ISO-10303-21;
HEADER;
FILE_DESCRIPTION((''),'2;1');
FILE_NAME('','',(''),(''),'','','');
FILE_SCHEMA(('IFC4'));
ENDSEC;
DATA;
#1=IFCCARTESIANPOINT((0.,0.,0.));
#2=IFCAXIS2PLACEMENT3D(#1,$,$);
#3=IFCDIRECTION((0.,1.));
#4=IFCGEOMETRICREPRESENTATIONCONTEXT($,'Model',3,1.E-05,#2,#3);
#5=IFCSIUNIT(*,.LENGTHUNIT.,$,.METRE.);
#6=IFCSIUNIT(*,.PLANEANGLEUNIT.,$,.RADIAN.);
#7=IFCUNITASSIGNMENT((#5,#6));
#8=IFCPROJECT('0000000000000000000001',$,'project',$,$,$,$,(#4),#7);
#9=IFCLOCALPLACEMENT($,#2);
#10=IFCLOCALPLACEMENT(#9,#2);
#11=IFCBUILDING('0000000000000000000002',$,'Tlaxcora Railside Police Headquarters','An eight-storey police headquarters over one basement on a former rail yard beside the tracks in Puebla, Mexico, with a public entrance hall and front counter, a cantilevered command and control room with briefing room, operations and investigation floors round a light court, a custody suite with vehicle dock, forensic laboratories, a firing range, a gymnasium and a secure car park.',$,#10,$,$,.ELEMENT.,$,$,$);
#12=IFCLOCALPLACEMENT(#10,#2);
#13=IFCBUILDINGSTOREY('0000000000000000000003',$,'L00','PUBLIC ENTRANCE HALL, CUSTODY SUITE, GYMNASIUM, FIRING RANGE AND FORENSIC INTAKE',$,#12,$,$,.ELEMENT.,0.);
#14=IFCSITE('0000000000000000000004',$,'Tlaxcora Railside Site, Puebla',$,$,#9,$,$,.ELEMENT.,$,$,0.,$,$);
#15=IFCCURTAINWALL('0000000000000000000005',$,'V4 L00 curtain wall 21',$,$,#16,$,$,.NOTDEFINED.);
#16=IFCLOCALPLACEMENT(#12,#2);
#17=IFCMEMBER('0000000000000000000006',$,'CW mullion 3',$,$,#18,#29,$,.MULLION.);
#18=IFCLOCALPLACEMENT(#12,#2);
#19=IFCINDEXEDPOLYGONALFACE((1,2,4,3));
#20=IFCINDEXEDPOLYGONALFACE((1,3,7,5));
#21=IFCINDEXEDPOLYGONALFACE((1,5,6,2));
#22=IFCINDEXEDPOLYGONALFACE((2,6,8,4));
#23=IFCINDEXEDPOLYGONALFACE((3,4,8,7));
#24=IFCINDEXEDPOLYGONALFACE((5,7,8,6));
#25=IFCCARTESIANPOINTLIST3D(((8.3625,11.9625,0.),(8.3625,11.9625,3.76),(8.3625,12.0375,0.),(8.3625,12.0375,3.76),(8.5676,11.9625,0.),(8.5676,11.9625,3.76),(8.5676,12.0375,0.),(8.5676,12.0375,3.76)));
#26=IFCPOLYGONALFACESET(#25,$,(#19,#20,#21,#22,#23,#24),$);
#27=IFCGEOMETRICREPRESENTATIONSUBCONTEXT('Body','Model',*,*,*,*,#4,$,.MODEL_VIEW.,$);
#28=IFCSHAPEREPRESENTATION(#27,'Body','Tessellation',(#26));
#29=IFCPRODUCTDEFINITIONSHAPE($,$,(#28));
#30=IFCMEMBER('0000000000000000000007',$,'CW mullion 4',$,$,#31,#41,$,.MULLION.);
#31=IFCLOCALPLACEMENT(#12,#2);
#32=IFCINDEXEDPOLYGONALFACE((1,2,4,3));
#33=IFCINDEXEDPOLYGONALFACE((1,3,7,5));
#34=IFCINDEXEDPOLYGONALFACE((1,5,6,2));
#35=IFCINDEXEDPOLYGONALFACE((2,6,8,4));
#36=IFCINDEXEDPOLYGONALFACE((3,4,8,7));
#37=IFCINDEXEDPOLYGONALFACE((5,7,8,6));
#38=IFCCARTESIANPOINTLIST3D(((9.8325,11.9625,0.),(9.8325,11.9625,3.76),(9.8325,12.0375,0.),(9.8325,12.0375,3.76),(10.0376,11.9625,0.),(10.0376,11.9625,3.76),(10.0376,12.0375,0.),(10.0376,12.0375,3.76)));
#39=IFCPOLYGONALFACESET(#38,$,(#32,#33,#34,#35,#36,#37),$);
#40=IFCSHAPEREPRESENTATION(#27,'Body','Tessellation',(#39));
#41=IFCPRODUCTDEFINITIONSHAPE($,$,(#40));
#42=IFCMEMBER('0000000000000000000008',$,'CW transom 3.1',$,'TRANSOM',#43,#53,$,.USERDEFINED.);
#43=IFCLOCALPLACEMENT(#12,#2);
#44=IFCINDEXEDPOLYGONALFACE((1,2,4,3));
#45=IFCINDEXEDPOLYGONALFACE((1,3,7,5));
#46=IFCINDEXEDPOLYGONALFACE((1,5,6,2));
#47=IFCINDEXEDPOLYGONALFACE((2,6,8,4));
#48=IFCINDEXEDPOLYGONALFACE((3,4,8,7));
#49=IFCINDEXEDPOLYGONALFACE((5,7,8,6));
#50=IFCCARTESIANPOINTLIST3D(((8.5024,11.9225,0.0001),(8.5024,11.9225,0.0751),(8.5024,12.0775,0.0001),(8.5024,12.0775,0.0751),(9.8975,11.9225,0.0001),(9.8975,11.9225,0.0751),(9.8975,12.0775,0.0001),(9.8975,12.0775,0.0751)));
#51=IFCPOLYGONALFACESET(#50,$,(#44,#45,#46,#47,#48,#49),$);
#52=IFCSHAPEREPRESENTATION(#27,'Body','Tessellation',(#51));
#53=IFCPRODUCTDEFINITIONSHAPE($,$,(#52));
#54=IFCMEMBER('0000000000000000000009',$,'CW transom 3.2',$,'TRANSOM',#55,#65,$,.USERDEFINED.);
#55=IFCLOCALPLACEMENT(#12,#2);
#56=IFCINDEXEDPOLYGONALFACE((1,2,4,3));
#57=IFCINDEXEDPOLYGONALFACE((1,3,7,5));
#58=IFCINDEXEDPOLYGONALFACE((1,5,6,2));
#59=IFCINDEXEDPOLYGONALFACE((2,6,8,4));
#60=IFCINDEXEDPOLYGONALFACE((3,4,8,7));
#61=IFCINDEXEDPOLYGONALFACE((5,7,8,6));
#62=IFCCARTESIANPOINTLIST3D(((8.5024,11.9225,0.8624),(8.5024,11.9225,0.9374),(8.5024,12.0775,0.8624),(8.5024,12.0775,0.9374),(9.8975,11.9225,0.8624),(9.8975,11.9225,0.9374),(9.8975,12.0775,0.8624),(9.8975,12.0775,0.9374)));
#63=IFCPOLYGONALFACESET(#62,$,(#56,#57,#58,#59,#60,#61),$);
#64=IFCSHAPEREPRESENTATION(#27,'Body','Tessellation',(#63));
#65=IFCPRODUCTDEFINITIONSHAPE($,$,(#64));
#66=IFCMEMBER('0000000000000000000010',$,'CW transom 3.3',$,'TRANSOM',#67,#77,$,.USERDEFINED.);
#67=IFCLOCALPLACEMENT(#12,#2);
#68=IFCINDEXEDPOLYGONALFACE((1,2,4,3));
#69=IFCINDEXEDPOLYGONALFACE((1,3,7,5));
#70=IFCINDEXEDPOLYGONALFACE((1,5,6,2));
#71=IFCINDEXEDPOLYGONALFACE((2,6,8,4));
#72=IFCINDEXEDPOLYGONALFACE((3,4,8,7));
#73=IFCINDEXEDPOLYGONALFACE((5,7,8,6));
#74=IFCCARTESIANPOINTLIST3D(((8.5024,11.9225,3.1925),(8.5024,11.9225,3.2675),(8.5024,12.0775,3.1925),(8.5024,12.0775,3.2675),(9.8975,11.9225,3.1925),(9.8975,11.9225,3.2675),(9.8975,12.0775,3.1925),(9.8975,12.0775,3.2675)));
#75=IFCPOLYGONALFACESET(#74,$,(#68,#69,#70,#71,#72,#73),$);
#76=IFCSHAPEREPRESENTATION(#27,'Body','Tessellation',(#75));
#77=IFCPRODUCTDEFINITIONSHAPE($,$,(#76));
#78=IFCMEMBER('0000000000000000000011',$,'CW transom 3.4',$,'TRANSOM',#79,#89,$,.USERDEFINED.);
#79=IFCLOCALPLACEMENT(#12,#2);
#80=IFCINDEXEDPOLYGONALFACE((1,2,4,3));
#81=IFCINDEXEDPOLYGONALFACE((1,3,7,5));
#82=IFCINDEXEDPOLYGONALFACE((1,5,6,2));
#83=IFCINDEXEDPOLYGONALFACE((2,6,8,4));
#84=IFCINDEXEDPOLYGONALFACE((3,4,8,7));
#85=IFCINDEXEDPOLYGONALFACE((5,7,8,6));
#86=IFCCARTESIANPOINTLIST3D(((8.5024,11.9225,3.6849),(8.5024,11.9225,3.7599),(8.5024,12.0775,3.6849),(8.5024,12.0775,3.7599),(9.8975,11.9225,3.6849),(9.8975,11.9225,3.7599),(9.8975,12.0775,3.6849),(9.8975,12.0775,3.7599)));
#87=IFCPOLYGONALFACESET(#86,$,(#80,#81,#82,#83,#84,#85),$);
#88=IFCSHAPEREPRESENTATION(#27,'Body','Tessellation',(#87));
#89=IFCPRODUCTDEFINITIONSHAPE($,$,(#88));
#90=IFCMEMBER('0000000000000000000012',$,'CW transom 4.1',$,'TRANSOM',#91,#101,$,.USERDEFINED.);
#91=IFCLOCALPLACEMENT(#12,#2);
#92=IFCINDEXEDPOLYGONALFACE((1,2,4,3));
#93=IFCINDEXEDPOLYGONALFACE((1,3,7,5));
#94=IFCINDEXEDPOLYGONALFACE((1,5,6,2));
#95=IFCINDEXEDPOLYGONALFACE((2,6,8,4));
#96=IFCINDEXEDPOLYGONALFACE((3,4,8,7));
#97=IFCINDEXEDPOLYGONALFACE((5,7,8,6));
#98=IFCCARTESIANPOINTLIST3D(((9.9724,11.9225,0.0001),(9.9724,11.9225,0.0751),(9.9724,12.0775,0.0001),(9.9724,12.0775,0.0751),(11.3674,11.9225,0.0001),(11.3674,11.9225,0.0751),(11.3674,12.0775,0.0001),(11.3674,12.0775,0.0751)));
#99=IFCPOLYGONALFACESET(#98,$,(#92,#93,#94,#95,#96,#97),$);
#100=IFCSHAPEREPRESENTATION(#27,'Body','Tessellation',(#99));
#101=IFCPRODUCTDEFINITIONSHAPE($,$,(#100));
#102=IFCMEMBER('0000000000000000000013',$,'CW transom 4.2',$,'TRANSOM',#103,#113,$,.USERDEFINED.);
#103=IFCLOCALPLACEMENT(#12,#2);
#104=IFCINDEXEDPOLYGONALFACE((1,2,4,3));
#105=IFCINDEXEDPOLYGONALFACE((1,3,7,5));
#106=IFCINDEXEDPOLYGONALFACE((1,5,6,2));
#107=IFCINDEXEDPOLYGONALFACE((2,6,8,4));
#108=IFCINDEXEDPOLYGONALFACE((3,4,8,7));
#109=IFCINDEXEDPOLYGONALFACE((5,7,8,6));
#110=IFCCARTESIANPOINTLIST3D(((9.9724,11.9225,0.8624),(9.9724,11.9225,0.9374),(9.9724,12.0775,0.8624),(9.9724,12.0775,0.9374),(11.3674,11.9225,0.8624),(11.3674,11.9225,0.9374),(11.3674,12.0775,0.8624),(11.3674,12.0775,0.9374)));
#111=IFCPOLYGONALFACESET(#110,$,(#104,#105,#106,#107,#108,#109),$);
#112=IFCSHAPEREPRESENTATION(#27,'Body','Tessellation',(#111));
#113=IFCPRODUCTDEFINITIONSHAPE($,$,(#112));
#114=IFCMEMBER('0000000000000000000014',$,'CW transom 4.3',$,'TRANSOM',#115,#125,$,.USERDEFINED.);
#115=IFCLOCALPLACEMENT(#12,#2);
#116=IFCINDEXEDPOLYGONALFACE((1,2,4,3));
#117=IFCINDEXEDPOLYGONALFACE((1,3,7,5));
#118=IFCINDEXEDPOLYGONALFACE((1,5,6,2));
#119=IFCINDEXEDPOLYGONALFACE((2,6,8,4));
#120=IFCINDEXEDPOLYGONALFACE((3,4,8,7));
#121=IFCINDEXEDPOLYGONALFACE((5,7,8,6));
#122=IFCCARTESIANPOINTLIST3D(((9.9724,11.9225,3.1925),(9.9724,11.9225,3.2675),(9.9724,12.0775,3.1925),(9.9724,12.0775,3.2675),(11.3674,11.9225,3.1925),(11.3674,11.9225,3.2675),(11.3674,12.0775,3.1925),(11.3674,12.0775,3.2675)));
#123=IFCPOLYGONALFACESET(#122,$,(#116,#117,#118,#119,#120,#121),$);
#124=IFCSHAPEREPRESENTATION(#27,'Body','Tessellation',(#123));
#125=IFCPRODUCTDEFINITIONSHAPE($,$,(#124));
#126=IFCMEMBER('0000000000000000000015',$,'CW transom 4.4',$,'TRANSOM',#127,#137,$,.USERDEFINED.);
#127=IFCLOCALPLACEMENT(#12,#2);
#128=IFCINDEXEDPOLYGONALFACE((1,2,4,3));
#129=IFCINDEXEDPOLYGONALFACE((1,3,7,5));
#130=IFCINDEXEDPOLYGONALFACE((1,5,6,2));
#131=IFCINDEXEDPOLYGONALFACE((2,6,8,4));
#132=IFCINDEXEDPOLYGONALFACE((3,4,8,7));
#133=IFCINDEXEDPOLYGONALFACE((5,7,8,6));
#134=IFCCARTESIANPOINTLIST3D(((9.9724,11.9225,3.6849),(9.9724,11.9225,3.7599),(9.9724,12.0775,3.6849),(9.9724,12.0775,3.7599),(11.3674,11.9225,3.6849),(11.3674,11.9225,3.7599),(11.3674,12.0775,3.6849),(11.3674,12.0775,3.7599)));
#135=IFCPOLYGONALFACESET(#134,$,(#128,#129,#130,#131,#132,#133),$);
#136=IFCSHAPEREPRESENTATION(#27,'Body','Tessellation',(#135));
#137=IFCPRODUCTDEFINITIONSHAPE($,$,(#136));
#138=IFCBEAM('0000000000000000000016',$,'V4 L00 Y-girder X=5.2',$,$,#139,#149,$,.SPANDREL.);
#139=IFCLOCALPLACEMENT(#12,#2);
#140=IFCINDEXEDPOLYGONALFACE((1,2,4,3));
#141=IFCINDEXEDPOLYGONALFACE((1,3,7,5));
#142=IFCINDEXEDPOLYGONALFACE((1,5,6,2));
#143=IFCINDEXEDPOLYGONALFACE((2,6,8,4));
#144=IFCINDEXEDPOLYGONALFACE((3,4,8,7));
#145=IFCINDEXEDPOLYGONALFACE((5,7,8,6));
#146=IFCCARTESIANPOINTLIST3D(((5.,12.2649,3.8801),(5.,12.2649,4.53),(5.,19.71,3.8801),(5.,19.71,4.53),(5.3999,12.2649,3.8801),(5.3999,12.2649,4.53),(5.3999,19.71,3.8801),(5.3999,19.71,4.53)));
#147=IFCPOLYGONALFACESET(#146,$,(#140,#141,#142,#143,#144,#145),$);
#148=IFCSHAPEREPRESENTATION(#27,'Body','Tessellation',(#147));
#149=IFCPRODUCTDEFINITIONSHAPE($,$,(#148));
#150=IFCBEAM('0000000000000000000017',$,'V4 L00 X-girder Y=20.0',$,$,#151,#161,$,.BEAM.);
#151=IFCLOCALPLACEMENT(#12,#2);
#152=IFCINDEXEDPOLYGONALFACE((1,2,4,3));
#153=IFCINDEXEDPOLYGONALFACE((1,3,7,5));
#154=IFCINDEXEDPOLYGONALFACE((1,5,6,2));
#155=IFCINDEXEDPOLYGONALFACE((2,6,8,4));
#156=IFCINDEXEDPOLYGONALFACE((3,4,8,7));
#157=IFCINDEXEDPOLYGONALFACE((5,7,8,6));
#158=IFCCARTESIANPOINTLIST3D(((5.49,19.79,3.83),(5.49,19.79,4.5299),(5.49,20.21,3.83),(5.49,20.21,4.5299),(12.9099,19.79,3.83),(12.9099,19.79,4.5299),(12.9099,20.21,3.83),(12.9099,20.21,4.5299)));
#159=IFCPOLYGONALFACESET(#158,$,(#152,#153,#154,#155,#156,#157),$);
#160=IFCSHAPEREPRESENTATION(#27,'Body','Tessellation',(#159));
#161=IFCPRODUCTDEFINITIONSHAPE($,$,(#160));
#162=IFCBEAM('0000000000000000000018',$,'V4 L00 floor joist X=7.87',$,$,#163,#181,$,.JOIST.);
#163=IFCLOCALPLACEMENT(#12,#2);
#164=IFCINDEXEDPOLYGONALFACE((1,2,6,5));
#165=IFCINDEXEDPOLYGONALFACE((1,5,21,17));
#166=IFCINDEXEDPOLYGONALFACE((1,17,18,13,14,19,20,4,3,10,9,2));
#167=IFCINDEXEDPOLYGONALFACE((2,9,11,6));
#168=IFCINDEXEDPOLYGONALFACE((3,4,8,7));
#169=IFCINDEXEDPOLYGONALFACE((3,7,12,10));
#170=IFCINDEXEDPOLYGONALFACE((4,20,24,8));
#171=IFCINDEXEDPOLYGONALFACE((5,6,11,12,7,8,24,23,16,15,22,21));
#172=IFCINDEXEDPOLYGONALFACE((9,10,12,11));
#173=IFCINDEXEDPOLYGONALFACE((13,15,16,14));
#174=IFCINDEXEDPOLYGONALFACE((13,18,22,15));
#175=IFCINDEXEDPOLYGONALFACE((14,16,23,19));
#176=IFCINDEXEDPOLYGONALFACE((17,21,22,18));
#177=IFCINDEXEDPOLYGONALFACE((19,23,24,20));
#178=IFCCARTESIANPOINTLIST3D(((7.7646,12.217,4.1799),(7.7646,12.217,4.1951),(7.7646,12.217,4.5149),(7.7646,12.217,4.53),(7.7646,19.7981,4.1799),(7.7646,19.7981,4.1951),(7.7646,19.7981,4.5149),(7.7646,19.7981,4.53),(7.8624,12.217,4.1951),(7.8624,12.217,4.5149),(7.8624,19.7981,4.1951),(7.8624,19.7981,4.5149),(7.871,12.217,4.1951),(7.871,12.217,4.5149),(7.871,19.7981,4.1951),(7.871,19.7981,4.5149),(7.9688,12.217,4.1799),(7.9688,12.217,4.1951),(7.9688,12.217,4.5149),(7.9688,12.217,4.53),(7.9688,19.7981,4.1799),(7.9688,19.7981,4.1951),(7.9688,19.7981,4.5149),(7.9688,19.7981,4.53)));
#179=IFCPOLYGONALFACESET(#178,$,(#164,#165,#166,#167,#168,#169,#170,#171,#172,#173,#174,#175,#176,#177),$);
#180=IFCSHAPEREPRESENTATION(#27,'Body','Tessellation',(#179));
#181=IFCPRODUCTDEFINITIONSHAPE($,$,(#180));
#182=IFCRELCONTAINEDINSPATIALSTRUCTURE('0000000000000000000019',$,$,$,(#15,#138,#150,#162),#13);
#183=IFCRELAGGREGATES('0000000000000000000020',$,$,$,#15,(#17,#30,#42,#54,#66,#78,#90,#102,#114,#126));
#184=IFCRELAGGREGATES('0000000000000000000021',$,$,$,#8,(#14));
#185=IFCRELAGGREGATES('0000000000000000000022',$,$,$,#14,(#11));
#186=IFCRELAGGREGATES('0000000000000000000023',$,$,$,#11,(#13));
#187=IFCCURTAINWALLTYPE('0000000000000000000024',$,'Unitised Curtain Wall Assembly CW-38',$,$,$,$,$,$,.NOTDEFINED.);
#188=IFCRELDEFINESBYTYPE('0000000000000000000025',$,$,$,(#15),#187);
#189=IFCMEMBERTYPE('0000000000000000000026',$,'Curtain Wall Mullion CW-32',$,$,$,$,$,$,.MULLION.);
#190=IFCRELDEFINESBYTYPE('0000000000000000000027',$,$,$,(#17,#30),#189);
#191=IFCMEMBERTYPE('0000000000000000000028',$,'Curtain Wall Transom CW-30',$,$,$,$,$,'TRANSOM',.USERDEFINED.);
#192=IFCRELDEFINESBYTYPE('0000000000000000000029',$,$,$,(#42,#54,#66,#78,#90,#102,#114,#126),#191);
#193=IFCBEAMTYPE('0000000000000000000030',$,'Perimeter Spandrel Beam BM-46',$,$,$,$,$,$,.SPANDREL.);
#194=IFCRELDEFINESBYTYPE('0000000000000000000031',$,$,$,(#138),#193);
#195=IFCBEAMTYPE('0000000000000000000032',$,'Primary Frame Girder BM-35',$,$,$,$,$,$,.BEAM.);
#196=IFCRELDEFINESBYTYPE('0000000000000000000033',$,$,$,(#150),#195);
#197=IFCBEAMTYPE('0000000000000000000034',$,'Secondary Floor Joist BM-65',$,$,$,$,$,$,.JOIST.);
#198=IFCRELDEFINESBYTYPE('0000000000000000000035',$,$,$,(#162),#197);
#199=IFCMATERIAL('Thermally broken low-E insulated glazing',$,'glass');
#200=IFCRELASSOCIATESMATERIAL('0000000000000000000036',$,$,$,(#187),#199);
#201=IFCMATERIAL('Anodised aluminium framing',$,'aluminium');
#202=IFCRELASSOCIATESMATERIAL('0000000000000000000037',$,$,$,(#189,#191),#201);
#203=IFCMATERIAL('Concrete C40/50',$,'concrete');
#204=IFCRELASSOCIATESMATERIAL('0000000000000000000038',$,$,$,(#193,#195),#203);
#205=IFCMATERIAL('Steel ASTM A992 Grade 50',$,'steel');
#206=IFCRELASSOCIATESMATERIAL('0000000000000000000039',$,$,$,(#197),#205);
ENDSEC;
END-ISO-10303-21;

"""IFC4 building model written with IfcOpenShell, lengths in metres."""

from ifc_helpers import new_model, si_unit, direction, frame, origin, origin_2d, place, context, subcontext, project, spatial, rectangle, i_section, extrude, material, material_profile, profile_set, type_object, element, aggregate, save


model = new_model("IFC4")

# Units and contexts
model_context = context("Model", 3, precision=1e-05, world=origin(), true_north=direction((0.0, 1.0)))
body_context = subcontext(model_context, "Body", "Model", "MODEL_VIEW")
ifc_project = project(units=[si_unit("LENGTHUNIT", "METRE"), si_unit("PLANEANGLEUNIT", "RADIAN")], contexts=[model_context])

# Site, building, storey
site_placement = place(None, origin())
site = spatial("IfcSite", under=ifc_project, at=site_placement, Name="Tlaxcora Railside Site, Puebla", CompositionType="ELEMENT", RefElevation=0.0)
building_placement = place(site_placement, origin())
building = spatial("IfcBuilding", under=site, at=building_placement, Name="Tlaxcora Railside Police Headquarters", Description="An eight-storey police headquarters over one basement on a former rail yard beside the tracks in Puebla, Mexico, with a public entrance hall and front counter, a cantilevered command and control room with briefing room, operations and investigation floors round a light court, a custody suite with vehicle dock, forensic laboratories, a firing range, a gymnasium and a secure car park.", CompositionType="ELEMENT")
storey_placement = place(building_placement, origin())
storey = spatial("IfcBuildingStorey", under=building, at=storey_placement, Name="L00", Description="PUBLIC ENTRANCE HALL, CUSTODY SUITE, GYMNASIUM, FIRING RANGE AND FORENSIC INTAKE", CompositionType="ELEMENT", Elevation=0.0)

# Shared definitions
ifc_material_1 = material(Name="Concrete C40/50", Category="concrete")

# Curtain wall, members
ifc_material_2 = material(Name="Thermally broken low-E insulated glazing", Category="glass")
curtain_wall_type = type_object("IfcCurtainWallType", Name="Unitised Curtain Wall Assembly CW-38", PredefinedType="NOTDEFINED", material=ifc_material_2)
curtain_wall_placement = place(storey_placement, origin())
curtain_wall = element("IfcCurtainWall", 1, at=curtain_wall_placement, inside=storey, type_object=curtain_wall_type, Name="V4 L00 curtain wall 21", PredefinedType="NOTDEFINED")
ifc_material_3 = material(Name="Anodised aluminium framing", Category="aluminium")
ifc_material_profile_1 = material_profile(ifc_material_3, rectangle(XDim=0.075, YDim=0.2051, at=origin_2d()), Name="AL75X205")
ifc_profile_set_1 = profile_set([ifc_material_profile_1], Name="Anodised aluminium framing")
member_type_1 = type_object("IfcMemberType", Name="Curtain Wall Mullion CW-32", PredefinedType="MULLION", material=ifc_profile_set_1)
member_1_placement = place(storey_placement, frame((8.4651, 12.0, 0.0), z_axis=(0.0, 0.0, 1.0), x_axis=(0.0, 1.0, 0.0)))
member_1 = element("IfcMember", 2, at=member_1_placement, type_object=member_type_1, Name="CW mullion 3", PredefinedType="MULLION", context=body_context, shape_type="SweptSolid", body=[
    extrude(rectangle(XDim=0.075, YDim=0.2051, at=origin_2d()), origin(), (0.0, 0.0, 1.0), 3.76),
])
member_2_placement = place(storey_placement, frame((9.9351, 12.0, 0.0), z_axis=(0.0, 0.0, 1.0), x_axis=(0.0, 1.0, 0.0)))
member_2 = element("IfcMember", 3, at=member_2_placement, type_object=member_type_1, Name="CW mullion 4", PredefinedType="MULLION", context=body_context, shape_type="SweptSolid", body=[
    extrude(rectangle(XDim=0.075, YDim=0.2051, at=origin_2d()), origin(), (0.0, 0.0, 1.0), 3.76),
])
ifc_material_profile_2 = material_profile(ifc_material_3, rectangle(XDim=0.155, YDim=0.075, at=origin_2d()), Name="AL75X155")
ifc_profile_set_2 = profile_set([ifc_material_profile_2], Name="Anodised aluminium framing")
member_type_2 = type_object("IfcMemberType", Name="Curtain Wall Transom CW-30", ElementType="TRANSOM", PredefinedType="USERDEFINED", material=ifc_profile_set_2)
member_3_placement = place(storey_placement, frame((8.5024, 12.0, 0.0376), z_axis=(1.0, 0.0, 0.0), x_axis=(0.0, 1.0, 0.0)))
member_3 = element("IfcMember", 4, at=member_3_placement, type_object=member_type_2, Name="CW transom 3.1", ObjectType="TRANSOM", PredefinedType="USERDEFINED", context=body_context, shape_type="SweptSolid", body=[
    extrude(rectangle(XDim=0.155, YDim=0.075, at=origin_2d()), origin(), (0.0, 0.0, 1.0), 1.395),
])
member_4_placement = place(storey_placement, frame((8.5024, 12.0, 0.8999), z_axis=(1.0, 0.0, 0.0), x_axis=(0.0, 1.0, 0.0)))
member_4 = element("IfcMember", 5, at=member_4_placement, type_object=member_type_2, Name="CW transom 3.2", ObjectType="TRANSOM", PredefinedType="USERDEFINED", context=body_context, shape_type="SweptSolid", body=[
    extrude(rectangle(XDim=0.155, YDim=0.075, at=origin_2d()), origin(), (0.0, 0.0, 1.0), 1.395),
])
member_5_placement = place(storey_placement, frame((8.5024, 12.0, 3.23), z_axis=(1.0, 0.0, 0.0), x_axis=(0.0, 1.0, 0.0)))
member_5 = element("IfcMember", 6, at=member_5_placement, type_object=member_type_2, Name="CW transom 3.3", ObjectType="TRANSOM", PredefinedType="USERDEFINED", context=body_context, shape_type="SweptSolid", body=[
    extrude(rectangle(XDim=0.155, YDim=0.075, at=origin_2d()), origin(), (0.0, 0.0, 1.0), 1.395),
])
member_6_placement = place(storey_placement, frame((8.5024, 12.0, 3.7224), z_axis=(1.0, 0.0, 0.0), x_axis=(0.0, 1.0, 0.0)))
member_6 = element("IfcMember", 7, at=member_6_placement, type_object=member_type_2, Name="CW transom 3.4", ObjectType="TRANSOM", PredefinedType="USERDEFINED", context=body_context, shape_type="SweptSolid", body=[
    extrude(rectangle(XDim=0.155, YDim=0.075, at=origin_2d()), origin(), (0.0, 0.0, 1.0), 1.395),
])
member_7_placement = place(storey_placement, frame((9.9724, 12.0, 0.0376), z_axis=(1.0, 0.0, 0.0), x_axis=(0.0, 1.0, 0.0)))
member_7 = element("IfcMember", 8, at=member_7_placement, type_object=member_type_2, Name="CW transom 4.1", ObjectType="TRANSOM", PredefinedType="USERDEFINED", context=body_context, shape_type="SweptSolid", body=[
    extrude(rectangle(XDim=0.155, YDim=0.075, at=origin_2d()), origin(), (0.0, 0.0, 1.0), 1.395),
])
member_8_placement = place(storey_placement, frame((9.9724, 12.0, 0.8999), z_axis=(1.0, 0.0, 0.0), x_axis=(0.0, 1.0, 0.0)))
member_8 = element("IfcMember", 9, at=member_8_placement, type_object=member_type_2, Name="CW transom 4.2", ObjectType="TRANSOM", PredefinedType="USERDEFINED", context=body_context, shape_type="SweptSolid", body=[
    extrude(rectangle(XDim=0.155, YDim=0.075, at=origin_2d()), origin(), (0.0, 0.0, 1.0), 1.395),
])
member_9_placement = place(storey_placement, frame((9.9724, 12.0, 3.23), z_axis=(1.0, 0.0, 0.0), x_axis=(0.0, 1.0, 0.0)))
member_9 = element("IfcMember", 10, at=member_9_placement, type_object=member_type_2, Name="CW transom 4.3", ObjectType="TRANSOM", PredefinedType="USERDEFINED", context=body_context, shape_type="SweptSolid", body=[
    extrude(rectangle(XDim=0.155, YDim=0.075, at=origin_2d()), origin(), (0.0, 0.0, 1.0), 1.395),
])
member_10_placement = place(storey_placement, frame((9.9724, 12.0, 3.7224), z_axis=(1.0, 0.0, 0.0), x_axis=(0.0, 1.0, 0.0)))
member_10 = element("IfcMember", 11, at=member_10_placement, type_object=member_type_2, Name="CW transom 4.4", ObjectType="TRANSOM", PredefinedType="USERDEFINED", context=body_context, shape_type="SweptSolid", body=[
    extrude(rectangle(XDim=0.155, YDim=0.075, at=origin_2d()), origin(), (0.0, 0.0, 1.0), 1.395),
])

# Beams
ifc_material_profile_3 = material_profile(ifc_material_1, rectangle(XDim=0.3999, YDim=0.6499, at=origin_2d()), Name="RC400X650")
ifc_profile_set_3 = profile_set([ifc_material_profile_3], Name="Concrete C40/50")
beam_type_1 = type_object("IfcBeamType", Name="Perimeter Spandrel Beam BM-46", PredefinedType="SPANDREL", material=ifc_profile_set_3)
beam_1_placement = place(storey_placement, frame((5.2, 12.2649, 4.2051), z_axis=(0.0, 1.0, 0.0), x_axis=(-1.0, 0.0, 0.0)))
element("IfcBeam", 12, at=beam_1_placement, inside=storey, type_object=beam_type_1, Name="V4 L00 Y-girder X=5.2", PredefinedType="SPANDREL", context=body_context, shape_type="SweptSolid", body=[
    extrude(rectangle(XDim=0.3999, YDim=0.6499, at=origin_2d()), origin(), (0.0, 0.0, 1.0), 7.4451),
])
ifc_material_profile_4 = material_profile(ifc_material_1, rectangle(XDim=0.4199, YDim=0.7, at=origin_2d()), Name="RC420X700")
ifc_profile_set_4 = profile_set([ifc_material_profile_4], Name="Concrete C40/50")
beam_type_2 = type_object("IfcBeamType", Name="Primary Frame Girder BM-35", PredefinedType="BEAM", material=ifc_profile_set_4)
beam_2_placement = place(storey_placement, frame((5.49, 20.0, 4.1799), z_axis=(1.0, 0.0, 0.0), x_axis=(0.0, 1.0, 0.0)))
element("IfcBeam", 13, at=beam_2_placement, inside=storey, type_object=beam_type_2, Name="V4 L00 X-girder Y=20.0", PredefinedType="BEAM", context=body_context, shape_type="SweptSolid", body=[
    extrude(rectangle(XDim=0.4199, YDim=0.7, at=origin_2d()), origin(), (0.0, 0.0, 1.0), 7.4199),
])
ifc_material_4 = material(Name="Steel ASTM A992 Grade 50", Category="steel")
ifc_material_profile_5 = material_profile(ifc_material_4, i_section(OverallWidth=0.2041, OverallDepth=0.3501, WebThickness=0.0085, FlangeThickness=0.0151, at=origin_2d()), Name="W14X48")
ifc_profile_set_5 = profile_set([ifc_material_profile_5], Name="Steel ASTM A992 Grade 50")
beam_type_3 = type_object("IfcBeamType", Name="Secondary Floor Joist BM-65", PredefinedType="JOIST", material=ifc_profile_set_5)
beam_3_placement = place(storey_placement, frame((7.8667, 12.217, 4.355), z_axis=(0.0, 1.0, 0.0), x_axis=(-1.0, 0.0, 0.0)))
element("IfcBeam", 14, at=beam_3_placement, inside=storey, type_object=beam_type_3, Name="V4 L00 floor joist X=7.87", PredefinedType="JOIST", context=body_context, shape_type="SweptSolid", body=[
    extrude(i_section(OverallWidth=0.2041, OverallDepth=0.3501, WebThickness=0.0085, FlangeThickness=0.0151, at=origin_2d()), origin(), (0.0, 0.0, 1.0), 7.5811),
])

aggregate(curtain_wall, [member_1, member_2, member_3, member_4, member_5, member_6, member_7, member_8, member_9, member_10])

save(model, "model.ifc")
